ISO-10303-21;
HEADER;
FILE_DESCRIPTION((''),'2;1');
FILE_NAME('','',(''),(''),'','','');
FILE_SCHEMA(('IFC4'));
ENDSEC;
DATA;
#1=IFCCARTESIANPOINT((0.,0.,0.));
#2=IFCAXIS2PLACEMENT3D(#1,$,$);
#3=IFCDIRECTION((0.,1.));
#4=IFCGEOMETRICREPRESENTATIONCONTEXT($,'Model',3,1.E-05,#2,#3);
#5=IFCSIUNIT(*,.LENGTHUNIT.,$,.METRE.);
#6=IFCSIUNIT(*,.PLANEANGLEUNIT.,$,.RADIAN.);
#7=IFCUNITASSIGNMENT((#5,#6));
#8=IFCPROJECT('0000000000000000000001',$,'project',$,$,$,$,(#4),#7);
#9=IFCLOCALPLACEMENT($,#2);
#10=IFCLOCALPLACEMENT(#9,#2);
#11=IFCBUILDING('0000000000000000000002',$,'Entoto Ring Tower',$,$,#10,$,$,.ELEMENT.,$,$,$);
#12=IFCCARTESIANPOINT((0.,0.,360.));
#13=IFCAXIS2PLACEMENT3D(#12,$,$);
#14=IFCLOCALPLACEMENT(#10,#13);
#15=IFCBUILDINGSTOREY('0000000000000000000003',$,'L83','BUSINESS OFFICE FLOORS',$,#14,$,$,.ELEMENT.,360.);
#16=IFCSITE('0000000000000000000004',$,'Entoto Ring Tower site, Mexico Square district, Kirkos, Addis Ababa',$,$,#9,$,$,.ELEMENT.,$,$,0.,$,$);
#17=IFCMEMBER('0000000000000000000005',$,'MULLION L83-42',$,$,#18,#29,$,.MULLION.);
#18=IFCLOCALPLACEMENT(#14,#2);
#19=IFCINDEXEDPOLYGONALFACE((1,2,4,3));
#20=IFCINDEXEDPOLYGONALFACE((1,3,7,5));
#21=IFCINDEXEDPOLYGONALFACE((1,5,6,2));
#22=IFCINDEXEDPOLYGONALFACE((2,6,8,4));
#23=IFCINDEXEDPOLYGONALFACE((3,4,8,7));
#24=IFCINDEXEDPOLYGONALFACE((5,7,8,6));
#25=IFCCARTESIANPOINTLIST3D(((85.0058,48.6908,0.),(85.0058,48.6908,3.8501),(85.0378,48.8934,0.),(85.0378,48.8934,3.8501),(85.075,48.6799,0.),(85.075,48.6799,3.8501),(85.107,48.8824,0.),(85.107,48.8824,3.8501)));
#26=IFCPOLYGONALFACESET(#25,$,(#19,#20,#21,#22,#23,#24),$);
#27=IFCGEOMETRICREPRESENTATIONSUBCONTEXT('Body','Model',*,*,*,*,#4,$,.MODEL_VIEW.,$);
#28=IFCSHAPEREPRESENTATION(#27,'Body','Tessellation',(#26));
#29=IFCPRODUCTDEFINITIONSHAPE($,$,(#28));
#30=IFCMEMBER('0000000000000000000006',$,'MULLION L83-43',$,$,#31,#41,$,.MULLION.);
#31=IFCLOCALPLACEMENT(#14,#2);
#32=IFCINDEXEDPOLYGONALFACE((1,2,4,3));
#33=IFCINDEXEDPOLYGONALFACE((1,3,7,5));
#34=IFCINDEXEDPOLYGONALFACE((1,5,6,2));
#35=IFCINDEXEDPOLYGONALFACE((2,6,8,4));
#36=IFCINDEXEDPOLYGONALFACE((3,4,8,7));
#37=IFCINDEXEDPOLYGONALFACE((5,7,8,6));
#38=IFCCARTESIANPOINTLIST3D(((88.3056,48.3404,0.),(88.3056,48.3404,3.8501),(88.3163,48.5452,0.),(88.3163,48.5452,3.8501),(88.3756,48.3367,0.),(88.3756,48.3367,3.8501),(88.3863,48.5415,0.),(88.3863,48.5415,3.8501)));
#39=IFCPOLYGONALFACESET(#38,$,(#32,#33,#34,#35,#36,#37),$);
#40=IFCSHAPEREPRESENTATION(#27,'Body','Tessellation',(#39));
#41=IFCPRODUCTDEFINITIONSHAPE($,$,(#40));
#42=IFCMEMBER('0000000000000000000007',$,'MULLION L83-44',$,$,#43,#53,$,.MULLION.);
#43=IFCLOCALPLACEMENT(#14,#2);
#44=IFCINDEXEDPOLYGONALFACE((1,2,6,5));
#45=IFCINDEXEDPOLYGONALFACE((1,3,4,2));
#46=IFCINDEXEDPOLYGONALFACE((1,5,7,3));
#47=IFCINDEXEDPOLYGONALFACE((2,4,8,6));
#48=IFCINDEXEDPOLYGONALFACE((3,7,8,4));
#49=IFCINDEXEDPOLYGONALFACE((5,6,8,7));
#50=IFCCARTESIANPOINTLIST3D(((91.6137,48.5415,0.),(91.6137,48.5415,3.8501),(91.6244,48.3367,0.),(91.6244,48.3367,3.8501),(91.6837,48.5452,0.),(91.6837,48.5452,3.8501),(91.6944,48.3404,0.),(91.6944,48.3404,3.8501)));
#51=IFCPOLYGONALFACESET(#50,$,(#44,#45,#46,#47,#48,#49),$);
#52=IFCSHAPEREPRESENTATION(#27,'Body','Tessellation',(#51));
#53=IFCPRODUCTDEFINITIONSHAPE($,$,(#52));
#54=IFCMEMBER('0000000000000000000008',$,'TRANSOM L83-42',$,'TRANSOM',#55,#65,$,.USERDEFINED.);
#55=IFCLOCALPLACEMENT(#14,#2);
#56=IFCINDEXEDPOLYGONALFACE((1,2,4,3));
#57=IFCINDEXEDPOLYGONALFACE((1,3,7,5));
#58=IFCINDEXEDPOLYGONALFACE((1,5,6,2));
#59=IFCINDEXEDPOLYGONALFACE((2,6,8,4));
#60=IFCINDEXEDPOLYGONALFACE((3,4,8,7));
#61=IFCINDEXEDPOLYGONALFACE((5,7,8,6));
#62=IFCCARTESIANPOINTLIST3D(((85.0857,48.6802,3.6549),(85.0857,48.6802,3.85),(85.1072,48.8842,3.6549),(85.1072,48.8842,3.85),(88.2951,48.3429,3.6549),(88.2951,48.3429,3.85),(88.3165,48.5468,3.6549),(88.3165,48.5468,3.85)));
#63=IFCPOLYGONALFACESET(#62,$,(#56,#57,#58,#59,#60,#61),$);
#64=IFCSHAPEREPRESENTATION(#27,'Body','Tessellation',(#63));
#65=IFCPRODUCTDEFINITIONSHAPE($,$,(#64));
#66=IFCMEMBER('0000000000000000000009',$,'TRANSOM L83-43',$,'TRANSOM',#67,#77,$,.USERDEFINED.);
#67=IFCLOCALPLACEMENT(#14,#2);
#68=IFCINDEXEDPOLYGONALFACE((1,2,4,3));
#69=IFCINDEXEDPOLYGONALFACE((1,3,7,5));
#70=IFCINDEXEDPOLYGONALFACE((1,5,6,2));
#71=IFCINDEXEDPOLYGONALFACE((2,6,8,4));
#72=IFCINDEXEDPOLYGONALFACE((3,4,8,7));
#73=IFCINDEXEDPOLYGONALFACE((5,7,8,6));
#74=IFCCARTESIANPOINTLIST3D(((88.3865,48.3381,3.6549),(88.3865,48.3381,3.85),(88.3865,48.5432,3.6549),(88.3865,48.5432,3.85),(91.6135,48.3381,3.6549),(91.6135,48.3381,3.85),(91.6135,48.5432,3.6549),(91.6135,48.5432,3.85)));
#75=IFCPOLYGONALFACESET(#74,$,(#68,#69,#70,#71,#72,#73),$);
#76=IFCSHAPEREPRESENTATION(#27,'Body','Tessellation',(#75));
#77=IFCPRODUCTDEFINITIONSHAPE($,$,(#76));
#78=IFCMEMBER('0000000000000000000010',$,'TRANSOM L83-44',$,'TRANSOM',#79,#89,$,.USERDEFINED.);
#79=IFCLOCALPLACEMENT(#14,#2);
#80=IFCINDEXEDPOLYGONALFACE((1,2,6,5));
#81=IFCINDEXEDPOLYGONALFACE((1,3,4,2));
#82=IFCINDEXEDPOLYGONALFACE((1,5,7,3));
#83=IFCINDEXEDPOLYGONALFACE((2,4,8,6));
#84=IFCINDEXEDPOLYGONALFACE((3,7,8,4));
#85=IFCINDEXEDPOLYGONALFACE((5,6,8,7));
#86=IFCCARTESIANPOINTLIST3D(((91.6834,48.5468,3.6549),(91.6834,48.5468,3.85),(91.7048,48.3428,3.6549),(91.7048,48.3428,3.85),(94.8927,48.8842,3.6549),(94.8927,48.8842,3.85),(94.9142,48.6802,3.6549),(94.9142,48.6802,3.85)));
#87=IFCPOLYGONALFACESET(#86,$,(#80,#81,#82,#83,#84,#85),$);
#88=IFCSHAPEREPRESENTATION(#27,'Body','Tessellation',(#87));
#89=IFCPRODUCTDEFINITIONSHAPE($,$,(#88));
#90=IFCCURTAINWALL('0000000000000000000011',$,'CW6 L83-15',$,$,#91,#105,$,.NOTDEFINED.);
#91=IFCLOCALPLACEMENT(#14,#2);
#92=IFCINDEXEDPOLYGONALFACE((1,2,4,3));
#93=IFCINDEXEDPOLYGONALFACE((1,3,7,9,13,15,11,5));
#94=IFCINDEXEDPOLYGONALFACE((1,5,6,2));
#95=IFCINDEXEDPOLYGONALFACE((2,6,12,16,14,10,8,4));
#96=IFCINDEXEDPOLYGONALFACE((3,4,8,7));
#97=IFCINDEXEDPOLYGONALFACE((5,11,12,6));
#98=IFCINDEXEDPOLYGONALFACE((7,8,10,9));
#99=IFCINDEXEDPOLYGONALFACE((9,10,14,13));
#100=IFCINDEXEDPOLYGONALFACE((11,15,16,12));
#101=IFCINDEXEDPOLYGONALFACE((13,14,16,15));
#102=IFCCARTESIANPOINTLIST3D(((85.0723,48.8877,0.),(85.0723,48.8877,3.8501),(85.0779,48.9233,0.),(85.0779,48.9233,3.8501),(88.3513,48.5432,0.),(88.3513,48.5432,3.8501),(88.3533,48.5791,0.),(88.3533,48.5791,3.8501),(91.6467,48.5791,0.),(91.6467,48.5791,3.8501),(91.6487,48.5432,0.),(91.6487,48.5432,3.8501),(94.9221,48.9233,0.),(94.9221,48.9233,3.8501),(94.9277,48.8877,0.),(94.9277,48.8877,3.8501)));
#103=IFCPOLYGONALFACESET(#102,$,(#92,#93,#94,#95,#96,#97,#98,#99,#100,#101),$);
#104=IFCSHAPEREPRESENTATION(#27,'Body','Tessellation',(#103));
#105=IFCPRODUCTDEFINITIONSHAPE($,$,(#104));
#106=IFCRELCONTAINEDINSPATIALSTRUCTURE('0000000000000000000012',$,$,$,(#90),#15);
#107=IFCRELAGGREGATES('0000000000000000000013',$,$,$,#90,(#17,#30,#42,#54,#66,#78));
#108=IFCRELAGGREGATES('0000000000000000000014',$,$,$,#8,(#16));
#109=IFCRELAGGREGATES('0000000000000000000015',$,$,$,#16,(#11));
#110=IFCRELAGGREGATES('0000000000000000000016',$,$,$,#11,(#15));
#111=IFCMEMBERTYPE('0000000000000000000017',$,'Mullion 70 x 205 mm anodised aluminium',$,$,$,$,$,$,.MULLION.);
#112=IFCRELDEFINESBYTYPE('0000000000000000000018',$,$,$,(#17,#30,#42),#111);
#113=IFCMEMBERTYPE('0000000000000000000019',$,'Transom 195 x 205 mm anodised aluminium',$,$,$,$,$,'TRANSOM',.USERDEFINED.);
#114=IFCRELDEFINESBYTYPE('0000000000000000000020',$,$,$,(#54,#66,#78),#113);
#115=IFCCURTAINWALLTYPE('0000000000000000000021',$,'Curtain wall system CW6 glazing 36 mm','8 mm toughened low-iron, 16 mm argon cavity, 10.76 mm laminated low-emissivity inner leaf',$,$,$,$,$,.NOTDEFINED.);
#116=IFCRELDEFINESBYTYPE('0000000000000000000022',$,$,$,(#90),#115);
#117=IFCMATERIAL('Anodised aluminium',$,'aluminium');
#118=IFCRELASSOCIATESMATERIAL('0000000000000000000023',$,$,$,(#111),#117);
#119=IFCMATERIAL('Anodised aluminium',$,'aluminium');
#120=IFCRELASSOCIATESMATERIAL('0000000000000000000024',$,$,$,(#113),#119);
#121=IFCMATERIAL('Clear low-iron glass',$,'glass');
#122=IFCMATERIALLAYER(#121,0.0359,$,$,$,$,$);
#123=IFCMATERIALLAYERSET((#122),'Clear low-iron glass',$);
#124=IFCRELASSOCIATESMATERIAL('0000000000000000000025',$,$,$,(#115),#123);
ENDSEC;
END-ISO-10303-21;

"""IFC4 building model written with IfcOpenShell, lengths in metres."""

from ifc_helpers import new_model, si_unit, direction, frame, origin, origin_2d, place, context, subcontext, project, spatial, polyline, rectangle, outline, extrude, material, layer, layer_set, material_profile, profile_set, type_object, element, aggregate, save


model = new_model("IFC4")

# Units and contexts
model_context = context("Model", 3, precision=1e-05, world=origin(), true_north=direction((0.0, 1.0)))
body_context = subcontext(model_context, "Body", "Model", "MODEL_VIEW")
ifc_project = project(units=[si_unit("LENGTHUNIT", "METRE"), si_unit("PLANEANGLEUNIT", "RADIAN")], contexts=[model_context])

# Members
ifc_material_1 = material(Name="Anodised aluminium", Category="aluminium")
ifc_material_profile_1 = material_profile(ifc_material_1, rectangle(XDim=0.0701, YDim=0.2051, at=origin_2d()), Name="Mullion 70 x 205 mm anodised aluminium")
ifc_profile_set_1 = profile_set([ifc_material_profile_1], Name="Anodised aluminium")
member_type_1 = type_object("IfcMemberType", Name="Mullion 70 x 205 mm anodised aluminium", PredefinedType="MULLION", material=ifc_profile_set_1)
site_placement = place(None, origin())
building_placement = place(site_placement, origin())
storey_placement = place(building_placement, frame((0.0, 0.0, 360.0)))
member_1_placement = place(storey_placement, frame((85.0564, 48.7866, 0.0), z_axis=(0.0, 0.0, 1.0), x_axis=(0.987688, -0.156434, 0.0)))
member_1 = element("IfcMember", 1, at=member_1_placement, type_object=member_type_1, Name="MULLION L83-42", PredefinedType="MULLION", context=body_context, shape_type="SweptSolid", body=[
    extrude(rectangle(XDim=0.0701, YDim=0.2051, at=origin_2d()), origin(), (0.0, 0.0, 1.0), 3.8501),
])
member_2_placement = place(storey_placement, frame((88.3459, 48.4409, 0.0), z_axis=(0.0, 0.0, 1.0), x_axis=(0.99863, -0.052336, 0.0)))
member_2 = element("IfcMember", 2, at=member_2_placement, type_object=member_type_1, Name="MULLION L83-43", PredefinedType="MULLION", context=body_context, shape_type="SweptSolid", body=[
    extrude(rectangle(XDim=0.0701, YDim=0.2051, at=origin_2d()), origin(), (0.0, 0.0, 1.0), 3.8501),
])
member_3_placement = place(storey_placement, frame((91.6541, 48.4409, 0.0), z_axis=(0.0, 0.0, 1.0), x_axis=(0.99863, 0.052336, 0.0)))
member_3 = element("IfcMember", 3, at=member_3_placement, type_object=member_type_1, Name="MULLION L83-44", PredefinedType="MULLION", context=body_context, shape_type="SweptSolid", body=[
    extrude(rectangle(XDim=0.0701, YDim=0.2051, at=origin_2d()), origin(), (0.0, 0.0, 1.0), 3.8501),
])
ifc_material_2 = material(Name="Anodised aluminium", Category="aluminium")
ifc_material_profile_2 = material_profile(ifc_material_2, rectangle(XDim=0.2051, YDim=0.1951, at=origin_2d()), Name="Transom 195 x 205 mm anodised aluminium")
ifc_profile_set_2 = profile_set([ifc_material_profile_2], Name="Anodised aluminium")
member_type_2 = type_object("IfcMemberType", Name="Transom 195 x 205 mm anodised aluminium", ElementType="TRANSOM", PredefinedType="USERDEFINED", material=ifc_profile_set_2)
member_4_placement = place(storey_placement, frame((85.0964, 48.7822, 3.7524), z_axis=(0.99452, -0.104551, 0.0), x_axis=(0.104551, 0.99452, 0.0)))
member_4 = element("IfcMember", 4, at=member_4_placement, type_object=member_type_2, Name="TRANSOM L83-42", ObjectType="TRANSOM", PredefinedType="USERDEFINED", context=body_context, shape_type="SweptSolid", body=[
    extrude(rectangle(XDim=0.2051, YDim=0.1951, at=origin_2d()), origin(), (0.0, 0.0, 1.0), 3.2271),
])
member_5_placement = place(storey_placement, frame((88.3865, 48.4407, 3.7524), z_axis=(1.0, 0.0, 0.0), x_axis=(0.0, 1.0, 0.0)))
member_5 = element("IfcMember", 5, at=member_5_placement, type_object=member_type_2, Name="TRANSOM L83-43", ObjectType="TRANSOM", PredefinedType="USERDEFINED", context=body_context, shape_type="SweptSolid", body=[
    extrude(rectangle(XDim=0.2051, YDim=0.1951, at=origin_2d()), origin(), (0.0, 0.0, 1.0), 3.2271),
])
member_6_placement = place(storey_placement, frame((91.6941, 48.4448, 3.7524), z_axis=(0.99452, 0.104551, 0.0), x_axis=(-0.104551, 0.99452, 0.0)))
member_6 = element("IfcMember", 6, at=member_6_placement, type_object=member_type_2, Name="TRANSOM L83-44", ObjectType="TRANSOM", PredefinedType="USERDEFINED", context=body_context, shape_type="SweptSolid", body=[
    extrude(rectangle(XDim=0.2051, YDim=0.1951, at=origin_2d()), origin(), (0.0, 0.0, 1.0), 3.2271),
])

# Site, building, storey
site = spatial("IfcSite", under=ifc_project, at=site_placement, Name="Entoto Ring Tower site, Mexico Square district, Kirkos, Addis Ababa", CompositionType="ELEMENT", RefElevation=0.0)
building = spatial("IfcBuilding", under=site, at=building_placement, Name="Entoto Ring Tower", CompositionType="ELEMENT")
storey = spatial("IfcBuildingStorey", under=building, at=storey_placement, Name="L83", Description="BUSINESS OFFICE FLOORS", CompositionType="ELEMENT", Elevation=360.0)

# Curtain wall
ifc_material_3 = material(Name="Clear low-iron glass", Category="glass")
ifc_layer = layer(ifc_material_3, 0.0359)
ifc_layer_set = layer_set([ifc_layer], Name="Clear low-iron glass")
curtain_wall_type = type_object("IfcCurtainWallType", Name="Curtain wall system CW6 glazing 36 mm", Description="8 mm toughened low-iron, 16 mm argon cavity, 10.76 mm laminated low-emissivity inner leaf", PredefinedType="NOTDEFINED", material=ifc_layer_set)
curtain_wall_1_placement = place(storey_placement, origin())
curtain_wall_1 = element("IfcCurtainWall", 7, at=curtain_wall_1_placement, inside=storey, type_object=curtain_wall_type, Name="CW6 L83-15", PredefinedType="NOTDEFINED", context=body_context, shape_type="SweptSolid", body=[
    extrude(outline(polyline([(85.0723, 48.8877), (88.3513, 48.5432), (91.6487, 48.5432), (94.9277, 48.8877), (94.9221, 48.9233), (91.6467, 48.5791), (88.3533, 48.5791), (85.0779, 48.9233), (85.0723, 48.8877)])), origin(), (0.0, 0.0, 1.0), 3.8501),
])
aggregate(curtain_wall_1, [member_1, member_2, member_3, member_4, member_5, member_6])

save(model, "model.ifc")
